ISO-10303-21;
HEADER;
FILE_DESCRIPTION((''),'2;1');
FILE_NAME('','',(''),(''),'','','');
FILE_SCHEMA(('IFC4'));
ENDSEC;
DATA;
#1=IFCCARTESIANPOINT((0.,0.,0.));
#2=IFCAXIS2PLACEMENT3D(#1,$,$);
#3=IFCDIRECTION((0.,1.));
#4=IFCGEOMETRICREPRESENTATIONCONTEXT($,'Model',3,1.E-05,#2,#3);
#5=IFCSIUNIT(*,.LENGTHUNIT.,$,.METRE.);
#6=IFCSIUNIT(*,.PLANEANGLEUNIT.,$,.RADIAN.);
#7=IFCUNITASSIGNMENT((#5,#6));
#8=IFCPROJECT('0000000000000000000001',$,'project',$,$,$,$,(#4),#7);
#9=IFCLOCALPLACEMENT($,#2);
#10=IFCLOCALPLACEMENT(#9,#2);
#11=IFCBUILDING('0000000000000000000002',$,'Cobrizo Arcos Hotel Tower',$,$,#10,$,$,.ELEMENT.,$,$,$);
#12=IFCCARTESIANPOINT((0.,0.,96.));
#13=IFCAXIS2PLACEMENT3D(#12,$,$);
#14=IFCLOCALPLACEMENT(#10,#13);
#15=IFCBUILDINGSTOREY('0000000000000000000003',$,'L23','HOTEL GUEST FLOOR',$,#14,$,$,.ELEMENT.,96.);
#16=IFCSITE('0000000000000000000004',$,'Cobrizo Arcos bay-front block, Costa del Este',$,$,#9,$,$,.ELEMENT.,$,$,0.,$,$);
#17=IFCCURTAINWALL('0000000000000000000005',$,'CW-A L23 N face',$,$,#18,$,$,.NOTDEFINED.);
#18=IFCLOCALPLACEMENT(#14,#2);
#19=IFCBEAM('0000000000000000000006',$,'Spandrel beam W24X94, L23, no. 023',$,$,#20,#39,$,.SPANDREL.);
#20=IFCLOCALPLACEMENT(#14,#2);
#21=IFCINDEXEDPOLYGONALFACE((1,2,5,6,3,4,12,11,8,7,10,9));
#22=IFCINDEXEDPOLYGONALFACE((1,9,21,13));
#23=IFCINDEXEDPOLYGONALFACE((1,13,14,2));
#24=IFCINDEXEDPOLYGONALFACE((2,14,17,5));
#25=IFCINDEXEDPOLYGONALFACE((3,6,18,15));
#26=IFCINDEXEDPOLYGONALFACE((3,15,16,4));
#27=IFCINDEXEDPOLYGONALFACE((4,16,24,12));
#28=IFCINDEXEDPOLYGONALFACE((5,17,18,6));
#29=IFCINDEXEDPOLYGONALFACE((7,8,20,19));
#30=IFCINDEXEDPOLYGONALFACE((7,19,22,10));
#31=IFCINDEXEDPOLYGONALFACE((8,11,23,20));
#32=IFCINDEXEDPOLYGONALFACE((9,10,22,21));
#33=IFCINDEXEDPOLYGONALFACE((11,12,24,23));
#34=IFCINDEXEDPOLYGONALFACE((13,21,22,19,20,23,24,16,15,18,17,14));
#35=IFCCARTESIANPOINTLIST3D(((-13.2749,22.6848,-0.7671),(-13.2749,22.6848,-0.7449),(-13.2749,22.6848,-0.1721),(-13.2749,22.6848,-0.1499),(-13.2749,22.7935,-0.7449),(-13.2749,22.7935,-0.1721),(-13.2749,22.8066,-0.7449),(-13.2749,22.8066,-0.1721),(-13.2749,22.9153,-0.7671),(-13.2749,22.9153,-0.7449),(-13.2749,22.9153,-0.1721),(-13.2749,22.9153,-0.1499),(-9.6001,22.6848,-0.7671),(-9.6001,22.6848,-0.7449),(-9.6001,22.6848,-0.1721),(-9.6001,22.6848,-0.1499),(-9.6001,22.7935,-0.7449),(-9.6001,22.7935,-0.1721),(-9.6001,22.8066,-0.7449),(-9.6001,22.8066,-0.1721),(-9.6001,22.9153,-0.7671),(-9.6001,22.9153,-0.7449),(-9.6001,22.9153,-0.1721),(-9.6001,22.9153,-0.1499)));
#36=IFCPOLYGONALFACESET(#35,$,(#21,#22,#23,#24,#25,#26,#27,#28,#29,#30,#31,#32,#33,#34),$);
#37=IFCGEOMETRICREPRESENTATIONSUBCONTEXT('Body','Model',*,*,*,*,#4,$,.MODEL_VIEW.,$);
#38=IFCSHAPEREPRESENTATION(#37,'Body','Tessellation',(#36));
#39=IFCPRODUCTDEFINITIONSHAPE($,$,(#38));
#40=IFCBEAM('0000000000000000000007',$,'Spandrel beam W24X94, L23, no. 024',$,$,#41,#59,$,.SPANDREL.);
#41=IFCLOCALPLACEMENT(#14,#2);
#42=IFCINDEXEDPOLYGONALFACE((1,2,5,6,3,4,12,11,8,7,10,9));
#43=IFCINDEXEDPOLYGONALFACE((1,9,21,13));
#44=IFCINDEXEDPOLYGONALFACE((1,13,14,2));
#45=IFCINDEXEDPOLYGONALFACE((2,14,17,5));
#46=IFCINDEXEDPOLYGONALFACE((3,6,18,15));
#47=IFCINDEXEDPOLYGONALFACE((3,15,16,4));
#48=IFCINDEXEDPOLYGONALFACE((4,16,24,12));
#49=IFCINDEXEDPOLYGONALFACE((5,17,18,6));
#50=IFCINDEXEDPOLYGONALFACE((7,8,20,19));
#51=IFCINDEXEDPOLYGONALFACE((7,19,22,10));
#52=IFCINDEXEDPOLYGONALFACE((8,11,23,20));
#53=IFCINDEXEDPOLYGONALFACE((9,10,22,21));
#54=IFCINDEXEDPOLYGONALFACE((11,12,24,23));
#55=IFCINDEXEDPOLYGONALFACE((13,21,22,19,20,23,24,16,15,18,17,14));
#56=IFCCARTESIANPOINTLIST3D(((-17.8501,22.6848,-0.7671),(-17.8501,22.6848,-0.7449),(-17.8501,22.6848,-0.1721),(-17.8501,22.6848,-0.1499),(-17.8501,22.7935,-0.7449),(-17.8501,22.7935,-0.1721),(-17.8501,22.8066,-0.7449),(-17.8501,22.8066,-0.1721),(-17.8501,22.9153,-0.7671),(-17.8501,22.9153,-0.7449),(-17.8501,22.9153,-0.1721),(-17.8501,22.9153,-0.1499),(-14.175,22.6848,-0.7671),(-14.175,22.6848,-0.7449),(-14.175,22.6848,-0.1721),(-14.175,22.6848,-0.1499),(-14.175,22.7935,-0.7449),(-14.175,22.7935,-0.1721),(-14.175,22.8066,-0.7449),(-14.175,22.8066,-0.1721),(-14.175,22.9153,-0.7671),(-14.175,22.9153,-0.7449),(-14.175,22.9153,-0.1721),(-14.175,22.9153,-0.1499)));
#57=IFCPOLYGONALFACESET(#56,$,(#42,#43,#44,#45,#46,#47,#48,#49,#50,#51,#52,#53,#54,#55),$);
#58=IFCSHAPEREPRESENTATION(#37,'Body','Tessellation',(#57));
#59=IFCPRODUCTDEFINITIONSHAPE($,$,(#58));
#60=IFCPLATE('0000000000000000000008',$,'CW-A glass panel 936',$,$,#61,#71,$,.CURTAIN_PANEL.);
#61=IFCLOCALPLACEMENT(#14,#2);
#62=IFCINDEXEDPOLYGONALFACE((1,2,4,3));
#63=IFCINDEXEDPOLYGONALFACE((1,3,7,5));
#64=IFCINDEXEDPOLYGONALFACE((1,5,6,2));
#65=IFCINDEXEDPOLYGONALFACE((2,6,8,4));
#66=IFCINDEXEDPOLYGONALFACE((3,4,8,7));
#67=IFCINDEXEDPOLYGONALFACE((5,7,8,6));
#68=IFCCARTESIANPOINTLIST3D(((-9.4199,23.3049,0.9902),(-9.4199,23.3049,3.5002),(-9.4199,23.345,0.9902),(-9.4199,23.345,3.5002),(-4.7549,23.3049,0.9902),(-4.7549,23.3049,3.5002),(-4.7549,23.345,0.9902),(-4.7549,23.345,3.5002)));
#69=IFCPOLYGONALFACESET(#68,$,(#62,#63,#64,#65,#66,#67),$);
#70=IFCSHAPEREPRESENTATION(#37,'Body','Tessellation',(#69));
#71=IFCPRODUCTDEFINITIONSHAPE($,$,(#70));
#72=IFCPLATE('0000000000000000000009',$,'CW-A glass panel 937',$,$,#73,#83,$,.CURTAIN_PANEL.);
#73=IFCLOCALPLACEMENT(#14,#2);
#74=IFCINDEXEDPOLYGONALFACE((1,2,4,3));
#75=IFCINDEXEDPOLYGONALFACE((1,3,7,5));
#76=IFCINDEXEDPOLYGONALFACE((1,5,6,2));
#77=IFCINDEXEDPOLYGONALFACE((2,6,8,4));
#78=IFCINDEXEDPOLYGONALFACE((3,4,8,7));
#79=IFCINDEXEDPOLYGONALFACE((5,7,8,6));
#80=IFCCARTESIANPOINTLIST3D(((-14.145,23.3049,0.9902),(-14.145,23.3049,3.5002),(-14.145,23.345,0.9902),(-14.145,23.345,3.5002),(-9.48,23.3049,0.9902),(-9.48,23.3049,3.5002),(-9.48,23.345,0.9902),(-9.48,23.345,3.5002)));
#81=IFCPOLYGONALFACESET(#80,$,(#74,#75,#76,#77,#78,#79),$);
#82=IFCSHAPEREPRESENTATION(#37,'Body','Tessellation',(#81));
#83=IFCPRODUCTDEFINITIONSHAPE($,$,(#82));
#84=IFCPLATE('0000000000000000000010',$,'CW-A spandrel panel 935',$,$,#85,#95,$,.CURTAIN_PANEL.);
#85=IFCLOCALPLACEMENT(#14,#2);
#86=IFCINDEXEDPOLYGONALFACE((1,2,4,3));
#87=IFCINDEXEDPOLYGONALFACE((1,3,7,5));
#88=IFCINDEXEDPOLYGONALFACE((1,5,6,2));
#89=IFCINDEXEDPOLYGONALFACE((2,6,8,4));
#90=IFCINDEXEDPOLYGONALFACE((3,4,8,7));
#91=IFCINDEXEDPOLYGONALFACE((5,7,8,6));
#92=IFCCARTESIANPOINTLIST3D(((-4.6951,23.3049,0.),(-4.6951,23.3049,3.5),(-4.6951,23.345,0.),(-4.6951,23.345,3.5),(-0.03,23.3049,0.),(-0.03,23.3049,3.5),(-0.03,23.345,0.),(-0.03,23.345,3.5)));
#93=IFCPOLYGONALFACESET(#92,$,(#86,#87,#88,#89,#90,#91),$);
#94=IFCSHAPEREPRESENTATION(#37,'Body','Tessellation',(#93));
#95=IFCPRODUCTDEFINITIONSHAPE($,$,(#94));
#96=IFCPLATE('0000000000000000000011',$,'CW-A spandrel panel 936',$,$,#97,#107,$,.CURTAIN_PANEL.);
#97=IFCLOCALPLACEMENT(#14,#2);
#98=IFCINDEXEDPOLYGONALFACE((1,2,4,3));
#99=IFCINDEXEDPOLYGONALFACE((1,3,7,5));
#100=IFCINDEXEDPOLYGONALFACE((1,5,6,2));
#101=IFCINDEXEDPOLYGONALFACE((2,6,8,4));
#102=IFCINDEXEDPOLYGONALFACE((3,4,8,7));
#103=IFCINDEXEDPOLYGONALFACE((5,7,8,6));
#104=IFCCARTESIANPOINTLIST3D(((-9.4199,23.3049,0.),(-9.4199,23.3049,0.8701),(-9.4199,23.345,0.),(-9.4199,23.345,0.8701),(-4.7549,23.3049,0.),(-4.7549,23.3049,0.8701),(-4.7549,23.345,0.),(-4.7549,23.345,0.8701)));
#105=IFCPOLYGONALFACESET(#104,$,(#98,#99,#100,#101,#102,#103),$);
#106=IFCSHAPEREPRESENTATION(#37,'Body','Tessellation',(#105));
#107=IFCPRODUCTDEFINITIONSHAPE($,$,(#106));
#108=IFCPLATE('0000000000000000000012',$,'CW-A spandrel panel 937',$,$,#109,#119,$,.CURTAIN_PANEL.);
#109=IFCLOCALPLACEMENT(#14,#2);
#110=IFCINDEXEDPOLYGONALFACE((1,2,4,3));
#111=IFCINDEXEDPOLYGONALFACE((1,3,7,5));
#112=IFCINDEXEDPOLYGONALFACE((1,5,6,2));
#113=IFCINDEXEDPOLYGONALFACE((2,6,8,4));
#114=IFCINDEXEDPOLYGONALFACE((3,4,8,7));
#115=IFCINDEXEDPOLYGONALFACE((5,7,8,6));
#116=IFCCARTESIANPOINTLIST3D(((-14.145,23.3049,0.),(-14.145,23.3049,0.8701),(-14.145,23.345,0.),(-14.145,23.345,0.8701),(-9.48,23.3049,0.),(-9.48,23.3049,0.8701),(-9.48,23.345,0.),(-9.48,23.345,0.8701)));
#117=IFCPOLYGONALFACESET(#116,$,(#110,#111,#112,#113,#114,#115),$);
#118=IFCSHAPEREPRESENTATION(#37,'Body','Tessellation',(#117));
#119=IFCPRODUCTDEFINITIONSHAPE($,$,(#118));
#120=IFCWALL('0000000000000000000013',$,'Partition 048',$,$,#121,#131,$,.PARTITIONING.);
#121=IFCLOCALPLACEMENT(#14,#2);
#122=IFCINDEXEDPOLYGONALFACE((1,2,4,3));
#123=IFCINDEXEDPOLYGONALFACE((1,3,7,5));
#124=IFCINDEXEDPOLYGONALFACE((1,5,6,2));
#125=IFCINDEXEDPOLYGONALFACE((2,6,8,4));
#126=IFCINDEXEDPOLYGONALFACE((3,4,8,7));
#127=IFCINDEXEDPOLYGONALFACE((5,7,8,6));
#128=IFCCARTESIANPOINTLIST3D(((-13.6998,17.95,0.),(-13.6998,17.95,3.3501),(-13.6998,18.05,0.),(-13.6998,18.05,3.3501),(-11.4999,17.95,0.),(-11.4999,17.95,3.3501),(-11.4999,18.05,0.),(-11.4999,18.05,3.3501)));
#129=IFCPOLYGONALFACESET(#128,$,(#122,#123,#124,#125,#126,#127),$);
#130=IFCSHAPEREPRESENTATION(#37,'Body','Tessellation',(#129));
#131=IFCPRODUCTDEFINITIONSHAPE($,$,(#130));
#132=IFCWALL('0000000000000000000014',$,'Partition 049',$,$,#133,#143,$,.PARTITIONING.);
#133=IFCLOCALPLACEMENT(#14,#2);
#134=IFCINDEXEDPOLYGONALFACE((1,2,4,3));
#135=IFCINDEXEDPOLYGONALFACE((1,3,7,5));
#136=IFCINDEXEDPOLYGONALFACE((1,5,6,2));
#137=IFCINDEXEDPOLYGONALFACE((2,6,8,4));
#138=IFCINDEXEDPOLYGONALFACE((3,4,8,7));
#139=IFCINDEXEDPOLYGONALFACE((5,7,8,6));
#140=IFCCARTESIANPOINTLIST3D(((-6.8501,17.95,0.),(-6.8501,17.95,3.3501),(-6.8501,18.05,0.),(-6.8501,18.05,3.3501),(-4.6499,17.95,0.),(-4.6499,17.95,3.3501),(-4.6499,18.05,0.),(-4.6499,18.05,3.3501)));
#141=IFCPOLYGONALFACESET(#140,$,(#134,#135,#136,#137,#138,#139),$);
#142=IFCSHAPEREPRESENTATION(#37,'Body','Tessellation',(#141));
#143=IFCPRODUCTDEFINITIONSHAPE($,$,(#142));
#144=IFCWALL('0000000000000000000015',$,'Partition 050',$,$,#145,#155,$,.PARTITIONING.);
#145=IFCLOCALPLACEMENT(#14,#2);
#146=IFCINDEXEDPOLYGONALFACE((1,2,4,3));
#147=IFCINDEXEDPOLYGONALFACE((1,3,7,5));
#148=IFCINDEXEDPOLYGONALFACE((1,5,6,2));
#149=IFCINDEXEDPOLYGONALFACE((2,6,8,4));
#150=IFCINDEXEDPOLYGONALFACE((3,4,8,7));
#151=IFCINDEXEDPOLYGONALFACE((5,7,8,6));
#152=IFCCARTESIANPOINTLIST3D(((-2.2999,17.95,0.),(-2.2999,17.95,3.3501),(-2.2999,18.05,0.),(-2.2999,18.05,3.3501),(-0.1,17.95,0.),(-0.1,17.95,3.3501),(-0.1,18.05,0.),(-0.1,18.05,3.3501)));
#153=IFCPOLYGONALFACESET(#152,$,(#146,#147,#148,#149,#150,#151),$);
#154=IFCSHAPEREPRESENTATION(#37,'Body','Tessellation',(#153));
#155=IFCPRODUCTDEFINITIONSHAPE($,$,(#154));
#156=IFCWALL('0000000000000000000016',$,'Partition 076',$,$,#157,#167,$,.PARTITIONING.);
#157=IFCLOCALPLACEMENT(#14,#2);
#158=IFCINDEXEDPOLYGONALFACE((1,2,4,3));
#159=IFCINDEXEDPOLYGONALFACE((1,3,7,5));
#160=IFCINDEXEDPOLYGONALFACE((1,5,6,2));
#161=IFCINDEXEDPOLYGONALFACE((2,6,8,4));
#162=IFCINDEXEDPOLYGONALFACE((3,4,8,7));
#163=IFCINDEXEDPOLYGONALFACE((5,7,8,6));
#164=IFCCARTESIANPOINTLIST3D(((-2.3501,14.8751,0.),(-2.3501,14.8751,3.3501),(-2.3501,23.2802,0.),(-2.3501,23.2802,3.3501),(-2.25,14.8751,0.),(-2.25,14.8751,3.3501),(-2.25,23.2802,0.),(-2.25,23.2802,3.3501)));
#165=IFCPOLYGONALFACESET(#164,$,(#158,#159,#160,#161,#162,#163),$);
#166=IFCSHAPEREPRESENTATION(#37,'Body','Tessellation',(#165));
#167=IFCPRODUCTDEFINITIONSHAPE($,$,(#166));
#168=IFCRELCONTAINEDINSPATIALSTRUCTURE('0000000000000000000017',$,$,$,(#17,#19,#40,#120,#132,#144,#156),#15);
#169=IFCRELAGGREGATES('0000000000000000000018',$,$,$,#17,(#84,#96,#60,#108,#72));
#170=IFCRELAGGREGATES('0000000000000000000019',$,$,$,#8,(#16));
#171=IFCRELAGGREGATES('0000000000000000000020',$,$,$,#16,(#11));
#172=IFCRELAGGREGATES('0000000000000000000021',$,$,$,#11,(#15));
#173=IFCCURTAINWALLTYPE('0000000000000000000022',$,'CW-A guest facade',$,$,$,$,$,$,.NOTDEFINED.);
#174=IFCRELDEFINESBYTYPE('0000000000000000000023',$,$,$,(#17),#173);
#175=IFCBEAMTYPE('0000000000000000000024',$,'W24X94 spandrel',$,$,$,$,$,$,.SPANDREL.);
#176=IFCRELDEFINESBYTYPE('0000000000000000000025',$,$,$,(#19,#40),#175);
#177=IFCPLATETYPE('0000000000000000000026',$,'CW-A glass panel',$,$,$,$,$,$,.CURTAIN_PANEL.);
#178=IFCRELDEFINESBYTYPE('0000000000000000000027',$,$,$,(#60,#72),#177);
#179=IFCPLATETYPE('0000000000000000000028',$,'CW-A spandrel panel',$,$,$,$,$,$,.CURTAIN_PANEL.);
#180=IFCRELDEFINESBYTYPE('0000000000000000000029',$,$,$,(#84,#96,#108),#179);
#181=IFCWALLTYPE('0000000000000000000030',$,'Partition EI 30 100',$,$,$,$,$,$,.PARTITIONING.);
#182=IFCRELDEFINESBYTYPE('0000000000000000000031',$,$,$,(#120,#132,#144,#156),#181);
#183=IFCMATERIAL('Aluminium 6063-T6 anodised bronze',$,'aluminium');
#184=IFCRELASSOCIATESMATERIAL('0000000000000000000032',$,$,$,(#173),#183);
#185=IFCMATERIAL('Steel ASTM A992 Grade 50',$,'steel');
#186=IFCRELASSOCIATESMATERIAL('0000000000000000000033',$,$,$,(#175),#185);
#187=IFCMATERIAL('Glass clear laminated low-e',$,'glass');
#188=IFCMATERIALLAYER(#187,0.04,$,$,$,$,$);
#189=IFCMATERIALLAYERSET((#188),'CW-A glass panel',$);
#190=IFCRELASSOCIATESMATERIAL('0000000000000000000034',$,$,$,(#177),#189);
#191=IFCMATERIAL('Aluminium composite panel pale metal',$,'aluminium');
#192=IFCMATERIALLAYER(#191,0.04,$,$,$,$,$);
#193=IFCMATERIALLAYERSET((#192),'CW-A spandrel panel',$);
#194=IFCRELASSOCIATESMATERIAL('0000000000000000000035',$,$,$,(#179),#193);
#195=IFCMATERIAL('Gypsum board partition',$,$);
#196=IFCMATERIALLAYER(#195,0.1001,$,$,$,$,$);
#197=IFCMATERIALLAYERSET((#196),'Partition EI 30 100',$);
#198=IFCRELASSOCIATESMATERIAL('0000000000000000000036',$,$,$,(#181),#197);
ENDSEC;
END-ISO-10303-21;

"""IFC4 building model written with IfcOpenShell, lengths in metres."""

from ifc_helpers import new_model, si_unit, direction, frame, frame_2d, origin, origin_2d, place, context, subcontext, project, spatial, rectangle, i_section, extrude, material, layer, layer_set, material_profile, profile_set, type_object, element, aggregate, save


model = new_model("IFC4")

# Units and contexts
model_context = context("Model", 3, precision=1e-05, world=origin(), true_north=direction((0.0, 1.0)))
body_context = subcontext(model_context, "Body", "Model", "MODEL_VIEW")
ifc_project = project(units=[si_unit("LENGTHUNIT", "METRE"), si_unit("PLANEANGLEUNIT", "RADIAN")], contexts=[model_context])

# Site, building, storey
site_placement = place(None, origin())
site = spatial("IfcSite", under=ifc_project, at=site_placement, Name="Cobrizo Arcos bay-front block, Costa del Este", CompositionType="ELEMENT", RefElevation=0.0)
building_placement = place(site_placement, origin())
building = spatial("IfcBuilding", under=site, at=building_placement, Name="Cobrizo Arcos Hotel Tower", CompositionType="ELEMENT")
storey_placement = place(building_placement, frame((0.0, 0.0, 96.0)))
storey = spatial("IfcBuildingStorey", under=building, at=storey_placement, Name="L23", Description="HOTEL GUEST FLOOR", CompositionType="ELEMENT", Elevation=96.0)

# Curtain wall
ifc_material_1 = material(Name="Aluminium 6063-T6 anodised bronze", Category="aluminium")
curtain_wall_type = type_object("IfcCurtainWallType", Name="CW-A guest facade", PredefinedType="NOTDEFINED", material=ifc_material_1)
curtain_wall_placement = place(storey_placement, origin())
curtain_wall = element("IfcCurtainWall", 1, at=curtain_wall_placement, inside=storey, type_object=curtain_wall_type, Name="CW-A L23 N face", PredefinedType="NOTDEFINED")

# Beams
ifc_material_2 = material(Name="Steel ASTM A992 Grade 50", Category="steel")
ifc_material_profile_1 = material_profile(ifc_material_2, i_section(OverallWidth=0.2305, OverallDepth=0.6172, WebThickness=0.0132, FlangeThickness=0.0222, at=origin_2d()), Name="W24X94")
ifc_profile_set_1 = profile_set([ifc_material_profile_1], Name="Steel ASTM A992 Grade 50")
beam_type = type_object("IfcBeamType", Name="W24X94 spandrel", PredefinedType="SPANDREL", material=ifc_profile_set_1)
beam_1_placement = place(storey_placement, frame((-9.6001, 22.8, -0.4585), z_axis=(-1.0, 0.0, 0.0), x_axis=(0.0, -1.0, 0.0)))
element("IfcBeam", 2, at=beam_1_placement, inside=storey, type_object=beam_type, Name="Spandrel beam W24X94, L23, no. 023", PredefinedType="SPANDREL", context=body_context, shape_type="SweptSolid", body=[
    extrude(i_section(OverallWidth=0.2305, OverallDepth=0.6172, WebThickness=0.0132, FlangeThickness=0.0222, at=origin_2d()), origin(), (0.0, 0.0, 1.0), 3.6748),
])
beam_2_placement = place(storey_placement, frame((-14.175, 22.8, -0.4585), z_axis=(-1.0, 0.0, 0.0), x_axis=(0.0, -1.0, 0.0)))
element("IfcBeam", 3, at=beam_2_placement, inside=storey, type_object=beam_type, Name="Spandrel beam W24X94, L23, no. 024", PredefinedType="SPANDREL", context=body_context, shape_type="SweptSolid", body=[
    extrude(i_section(OverallWidth=0.2305, OverallDepth=0.6172, WebThickness=0.0132, FlangeThickness=0.0222, at=origin_2d()), origin(), (0.0, 0.0, 1.0), 3.675),
])

# Plates
ifc_material_3 = material(Name="Glass clear laminated low-e", Category="glass")
ifc_layer_1 = layer(ifc_material_3, 0.04)
ifc_layer_set_1 = layer_set([ifc_layer_1], Name="CW-A glass panel")
plate_type_1 = type_object("IfcPlateType", Name="CW-A glass panel", PredefinedType="CURTAIN_PANEL", material=ifc_layer_set_1)
plate_1_placement = place(storey_placement, frame((-7.0874, 23.325, 0.9902), z_axis=(0.0, 0.0, 1.0), x_axis=(-1.0, 0.0, 0.0)))
plate_1 = element("IfcPlate", 4, at=plate_1_placement, type_object=plate_type_1, Name="CW-A glass panel 936", PredefinedType="CURTAIN_PANEL", context=body_context, shape_type="SweptSolid", body=[
    extrude(rectangle(XDim=4.665, YDim=0.04, at=origin_2d()), origin(), (0.0, 0.0, 1.0), 2.51),
])
plate_2_placement = place(storey_placement, frame((-11.8125, 23.325, 0.9902), z_axis=(0.0, 0.0, 1.0), x_axis=(-1.0, 0.0, 0.0)))
plate_2 = element("IfcPlate", 5, at=plate_2_placement, type_object=plate_type_1, Name="CW-A glass panel 937", PredefinedType="CURTAIN_PANEL", context=body_context, shape_type="SweptSolid", body=[
    extrude(rectangle(XDim=4.665, YDim=0.04, at=origin_2d()), origin(), (0.0, 0.0, 1.0), 2.51),
])
ifc_material_4 = material(Name="Aluminium composite panel pale metal", Category="aluminium")
ifc_layer_2 = layer(ifc_material_4, 0.04)
ifc_layer_set_2 = layer_set([ifc_layer_2], Name="CW-A spandrel panel")
plate_type_2 = type_object("IfcPlateType", Name="CW-A spandrel panel", PredefinedType="CURTAIN_PANEL", material=ifc_layer_set_2)
plate_3_placement = place(storey_placement, frame((-2.3625, 23.325, 0.0), z_axis=(0.0, 0.0, 1.0), x_axis=(-1.0, 0.0, 0.0)))
plate_3 = element("IfcPlate", 6, at=plate_3_placement, type_object=plate_type_2, Name="CW-A spandrel panel 935", PredefinedType="CURTAIN_PANEL", context=body_context, shape_type="SweptSolid", body=[
    extrude(rectangle(XDim=4.665, YDim=0.04, at=origin_2d()), origin(), (0.0, 0.0, 1.0), 3.5),
])
plate_4_placement = place(storey_placement, frame((-7.0874, 23.325, 0.0), z_axis=(0.0, 0.0, 1.0), x_axis=(-1.0, 0.0, 0.0)))
plate_4 = element("IfcPlate", 7, at=plate_4_placement, type_object=plate_type_2, Name="CW-A spandrel panel 936", PredefinedType="CURTAIN_PANEL", context=body_context, shape_type="SweptSolid", body=[
    extrude(rectangle(XDim=4.665, YDim=0.04, at=origin_2d()), origin(), (0.0, 0.0, 1.0), 0.8701),
])
plate_5_placement = place(storey_placement, frame((-11.8125, 23.325, 0.0), z_axis=(0.0, 0.0, 1.0), x_axis=(-1.0, 0.0, 0.0)))
plate_5 = element("IfcPlate", 8, at=plate_5_placement, type_object=plate_type_2, Name="CW-A spandrel panel 937", PredefinedType="CURTAIN_PANEL", context=body_context, shape_type="SweptSolid", body=[
    extrude(rectangle(XDim=4.665, YDim=0.04, at=origin_2d()), origin(), (0.0, 0.0, 1.0), 0.8701),
])
aggregate(curtain_wall, [plate_3, plate_4, plate_1, plate_5, plate_2])

# Walls
ifc_material_5 = material(Name="Gypsum board partition")
ifc_layer_3 = layer(ifc_material_5, 0.1001)
ifc_layer_set_3 = layer_set([ifc_layer_3], Name="Partition EI 30 100")
wall_type = type_object("IfcWallType", Name="Partition EI 30 100", PredefinedType="PARTITIONING", material=ifc_layer_set_3)
wall_1_placement = place(storey_placement, frame((-13.7, 18.0, 0.0), z_axis=(0.0, 0.0, 1.0), x_axis=(1.0, 0.0, 0.0)))
element("IfcWall", 9, at=wall_1_placement, inside=storey, type_object=wall_type, Name="Partition 048", PredefinedType="PARTITIONING", context=body_context, shape_type="SweptSolid", body=[
    extrude(rectangle(XDim=2.2, YDim=0.1001, at=frame_2d((1.1001, 0.0))), origin(), (0.0, 0.0, 1.0), 3.3501),
])
wall_2_placement = place(storey_placement, frame((-6.8501, 18.0, 0.0), z_axis=(0.0, 0.0, 1.0), x_axis=(1.0, 0.0, 0.0)))
element("IfcWall", 10, at=wall_2_placement, inside=storey, type_object=wall_type, Name="Partition 049", PredefinedType="PARTITIONING", context=body_context, shape_type="SweptSolid", body=[
    extrude(rectangle(XDim=2.2002, YDim=0.1001, at=frame_2d((1.1001, 0.0))), origin(), (0.0, 0.0, 1.0), 3.3501),
])
wall_3_placement = place(storey_placement, frame((-2.3, 18.0, 0.0), z_axis=(0.0, 0.0, 1.0), x_axis=(1.0, 0.0, 0.0)))
element("IfcWall", 11, at=wall_3_placement, inside=storey, type_object=wall_type, Name="Partition 050", PredefinedType="PARTITIONING", context=body_context, shape_type="SweptSolid", body=[
    extrude(rectangle(XDim=2.2, YDim=0.1001, at=frame_2d((1.1001, 0.0))), origin(), (0.0, 0.0, 1.0), 3.3501),
])
wall_4_placement = place(storey_placement, frame((-2.3, 14.875, 0.0), z_axis=(0.0, 0.0, 1.0), x_axis=(0.0, 1.0, 0.0)))
element("IfcWall", 12, at=wall_4_placement, inside=storey, type_object=wall_type, Name="Partition 076", PredefinedType="PARTITIONING", context=body_context, shape_type="SweptSolid", body=[
    extrude(rectangle(XDim=8.405, YDim=0.1001, at=frame_2d((4.2026, 0.0))), origin(), (0.0, 0.0, 1.0), 3.3501),
])

save(model, "model.ifc")
